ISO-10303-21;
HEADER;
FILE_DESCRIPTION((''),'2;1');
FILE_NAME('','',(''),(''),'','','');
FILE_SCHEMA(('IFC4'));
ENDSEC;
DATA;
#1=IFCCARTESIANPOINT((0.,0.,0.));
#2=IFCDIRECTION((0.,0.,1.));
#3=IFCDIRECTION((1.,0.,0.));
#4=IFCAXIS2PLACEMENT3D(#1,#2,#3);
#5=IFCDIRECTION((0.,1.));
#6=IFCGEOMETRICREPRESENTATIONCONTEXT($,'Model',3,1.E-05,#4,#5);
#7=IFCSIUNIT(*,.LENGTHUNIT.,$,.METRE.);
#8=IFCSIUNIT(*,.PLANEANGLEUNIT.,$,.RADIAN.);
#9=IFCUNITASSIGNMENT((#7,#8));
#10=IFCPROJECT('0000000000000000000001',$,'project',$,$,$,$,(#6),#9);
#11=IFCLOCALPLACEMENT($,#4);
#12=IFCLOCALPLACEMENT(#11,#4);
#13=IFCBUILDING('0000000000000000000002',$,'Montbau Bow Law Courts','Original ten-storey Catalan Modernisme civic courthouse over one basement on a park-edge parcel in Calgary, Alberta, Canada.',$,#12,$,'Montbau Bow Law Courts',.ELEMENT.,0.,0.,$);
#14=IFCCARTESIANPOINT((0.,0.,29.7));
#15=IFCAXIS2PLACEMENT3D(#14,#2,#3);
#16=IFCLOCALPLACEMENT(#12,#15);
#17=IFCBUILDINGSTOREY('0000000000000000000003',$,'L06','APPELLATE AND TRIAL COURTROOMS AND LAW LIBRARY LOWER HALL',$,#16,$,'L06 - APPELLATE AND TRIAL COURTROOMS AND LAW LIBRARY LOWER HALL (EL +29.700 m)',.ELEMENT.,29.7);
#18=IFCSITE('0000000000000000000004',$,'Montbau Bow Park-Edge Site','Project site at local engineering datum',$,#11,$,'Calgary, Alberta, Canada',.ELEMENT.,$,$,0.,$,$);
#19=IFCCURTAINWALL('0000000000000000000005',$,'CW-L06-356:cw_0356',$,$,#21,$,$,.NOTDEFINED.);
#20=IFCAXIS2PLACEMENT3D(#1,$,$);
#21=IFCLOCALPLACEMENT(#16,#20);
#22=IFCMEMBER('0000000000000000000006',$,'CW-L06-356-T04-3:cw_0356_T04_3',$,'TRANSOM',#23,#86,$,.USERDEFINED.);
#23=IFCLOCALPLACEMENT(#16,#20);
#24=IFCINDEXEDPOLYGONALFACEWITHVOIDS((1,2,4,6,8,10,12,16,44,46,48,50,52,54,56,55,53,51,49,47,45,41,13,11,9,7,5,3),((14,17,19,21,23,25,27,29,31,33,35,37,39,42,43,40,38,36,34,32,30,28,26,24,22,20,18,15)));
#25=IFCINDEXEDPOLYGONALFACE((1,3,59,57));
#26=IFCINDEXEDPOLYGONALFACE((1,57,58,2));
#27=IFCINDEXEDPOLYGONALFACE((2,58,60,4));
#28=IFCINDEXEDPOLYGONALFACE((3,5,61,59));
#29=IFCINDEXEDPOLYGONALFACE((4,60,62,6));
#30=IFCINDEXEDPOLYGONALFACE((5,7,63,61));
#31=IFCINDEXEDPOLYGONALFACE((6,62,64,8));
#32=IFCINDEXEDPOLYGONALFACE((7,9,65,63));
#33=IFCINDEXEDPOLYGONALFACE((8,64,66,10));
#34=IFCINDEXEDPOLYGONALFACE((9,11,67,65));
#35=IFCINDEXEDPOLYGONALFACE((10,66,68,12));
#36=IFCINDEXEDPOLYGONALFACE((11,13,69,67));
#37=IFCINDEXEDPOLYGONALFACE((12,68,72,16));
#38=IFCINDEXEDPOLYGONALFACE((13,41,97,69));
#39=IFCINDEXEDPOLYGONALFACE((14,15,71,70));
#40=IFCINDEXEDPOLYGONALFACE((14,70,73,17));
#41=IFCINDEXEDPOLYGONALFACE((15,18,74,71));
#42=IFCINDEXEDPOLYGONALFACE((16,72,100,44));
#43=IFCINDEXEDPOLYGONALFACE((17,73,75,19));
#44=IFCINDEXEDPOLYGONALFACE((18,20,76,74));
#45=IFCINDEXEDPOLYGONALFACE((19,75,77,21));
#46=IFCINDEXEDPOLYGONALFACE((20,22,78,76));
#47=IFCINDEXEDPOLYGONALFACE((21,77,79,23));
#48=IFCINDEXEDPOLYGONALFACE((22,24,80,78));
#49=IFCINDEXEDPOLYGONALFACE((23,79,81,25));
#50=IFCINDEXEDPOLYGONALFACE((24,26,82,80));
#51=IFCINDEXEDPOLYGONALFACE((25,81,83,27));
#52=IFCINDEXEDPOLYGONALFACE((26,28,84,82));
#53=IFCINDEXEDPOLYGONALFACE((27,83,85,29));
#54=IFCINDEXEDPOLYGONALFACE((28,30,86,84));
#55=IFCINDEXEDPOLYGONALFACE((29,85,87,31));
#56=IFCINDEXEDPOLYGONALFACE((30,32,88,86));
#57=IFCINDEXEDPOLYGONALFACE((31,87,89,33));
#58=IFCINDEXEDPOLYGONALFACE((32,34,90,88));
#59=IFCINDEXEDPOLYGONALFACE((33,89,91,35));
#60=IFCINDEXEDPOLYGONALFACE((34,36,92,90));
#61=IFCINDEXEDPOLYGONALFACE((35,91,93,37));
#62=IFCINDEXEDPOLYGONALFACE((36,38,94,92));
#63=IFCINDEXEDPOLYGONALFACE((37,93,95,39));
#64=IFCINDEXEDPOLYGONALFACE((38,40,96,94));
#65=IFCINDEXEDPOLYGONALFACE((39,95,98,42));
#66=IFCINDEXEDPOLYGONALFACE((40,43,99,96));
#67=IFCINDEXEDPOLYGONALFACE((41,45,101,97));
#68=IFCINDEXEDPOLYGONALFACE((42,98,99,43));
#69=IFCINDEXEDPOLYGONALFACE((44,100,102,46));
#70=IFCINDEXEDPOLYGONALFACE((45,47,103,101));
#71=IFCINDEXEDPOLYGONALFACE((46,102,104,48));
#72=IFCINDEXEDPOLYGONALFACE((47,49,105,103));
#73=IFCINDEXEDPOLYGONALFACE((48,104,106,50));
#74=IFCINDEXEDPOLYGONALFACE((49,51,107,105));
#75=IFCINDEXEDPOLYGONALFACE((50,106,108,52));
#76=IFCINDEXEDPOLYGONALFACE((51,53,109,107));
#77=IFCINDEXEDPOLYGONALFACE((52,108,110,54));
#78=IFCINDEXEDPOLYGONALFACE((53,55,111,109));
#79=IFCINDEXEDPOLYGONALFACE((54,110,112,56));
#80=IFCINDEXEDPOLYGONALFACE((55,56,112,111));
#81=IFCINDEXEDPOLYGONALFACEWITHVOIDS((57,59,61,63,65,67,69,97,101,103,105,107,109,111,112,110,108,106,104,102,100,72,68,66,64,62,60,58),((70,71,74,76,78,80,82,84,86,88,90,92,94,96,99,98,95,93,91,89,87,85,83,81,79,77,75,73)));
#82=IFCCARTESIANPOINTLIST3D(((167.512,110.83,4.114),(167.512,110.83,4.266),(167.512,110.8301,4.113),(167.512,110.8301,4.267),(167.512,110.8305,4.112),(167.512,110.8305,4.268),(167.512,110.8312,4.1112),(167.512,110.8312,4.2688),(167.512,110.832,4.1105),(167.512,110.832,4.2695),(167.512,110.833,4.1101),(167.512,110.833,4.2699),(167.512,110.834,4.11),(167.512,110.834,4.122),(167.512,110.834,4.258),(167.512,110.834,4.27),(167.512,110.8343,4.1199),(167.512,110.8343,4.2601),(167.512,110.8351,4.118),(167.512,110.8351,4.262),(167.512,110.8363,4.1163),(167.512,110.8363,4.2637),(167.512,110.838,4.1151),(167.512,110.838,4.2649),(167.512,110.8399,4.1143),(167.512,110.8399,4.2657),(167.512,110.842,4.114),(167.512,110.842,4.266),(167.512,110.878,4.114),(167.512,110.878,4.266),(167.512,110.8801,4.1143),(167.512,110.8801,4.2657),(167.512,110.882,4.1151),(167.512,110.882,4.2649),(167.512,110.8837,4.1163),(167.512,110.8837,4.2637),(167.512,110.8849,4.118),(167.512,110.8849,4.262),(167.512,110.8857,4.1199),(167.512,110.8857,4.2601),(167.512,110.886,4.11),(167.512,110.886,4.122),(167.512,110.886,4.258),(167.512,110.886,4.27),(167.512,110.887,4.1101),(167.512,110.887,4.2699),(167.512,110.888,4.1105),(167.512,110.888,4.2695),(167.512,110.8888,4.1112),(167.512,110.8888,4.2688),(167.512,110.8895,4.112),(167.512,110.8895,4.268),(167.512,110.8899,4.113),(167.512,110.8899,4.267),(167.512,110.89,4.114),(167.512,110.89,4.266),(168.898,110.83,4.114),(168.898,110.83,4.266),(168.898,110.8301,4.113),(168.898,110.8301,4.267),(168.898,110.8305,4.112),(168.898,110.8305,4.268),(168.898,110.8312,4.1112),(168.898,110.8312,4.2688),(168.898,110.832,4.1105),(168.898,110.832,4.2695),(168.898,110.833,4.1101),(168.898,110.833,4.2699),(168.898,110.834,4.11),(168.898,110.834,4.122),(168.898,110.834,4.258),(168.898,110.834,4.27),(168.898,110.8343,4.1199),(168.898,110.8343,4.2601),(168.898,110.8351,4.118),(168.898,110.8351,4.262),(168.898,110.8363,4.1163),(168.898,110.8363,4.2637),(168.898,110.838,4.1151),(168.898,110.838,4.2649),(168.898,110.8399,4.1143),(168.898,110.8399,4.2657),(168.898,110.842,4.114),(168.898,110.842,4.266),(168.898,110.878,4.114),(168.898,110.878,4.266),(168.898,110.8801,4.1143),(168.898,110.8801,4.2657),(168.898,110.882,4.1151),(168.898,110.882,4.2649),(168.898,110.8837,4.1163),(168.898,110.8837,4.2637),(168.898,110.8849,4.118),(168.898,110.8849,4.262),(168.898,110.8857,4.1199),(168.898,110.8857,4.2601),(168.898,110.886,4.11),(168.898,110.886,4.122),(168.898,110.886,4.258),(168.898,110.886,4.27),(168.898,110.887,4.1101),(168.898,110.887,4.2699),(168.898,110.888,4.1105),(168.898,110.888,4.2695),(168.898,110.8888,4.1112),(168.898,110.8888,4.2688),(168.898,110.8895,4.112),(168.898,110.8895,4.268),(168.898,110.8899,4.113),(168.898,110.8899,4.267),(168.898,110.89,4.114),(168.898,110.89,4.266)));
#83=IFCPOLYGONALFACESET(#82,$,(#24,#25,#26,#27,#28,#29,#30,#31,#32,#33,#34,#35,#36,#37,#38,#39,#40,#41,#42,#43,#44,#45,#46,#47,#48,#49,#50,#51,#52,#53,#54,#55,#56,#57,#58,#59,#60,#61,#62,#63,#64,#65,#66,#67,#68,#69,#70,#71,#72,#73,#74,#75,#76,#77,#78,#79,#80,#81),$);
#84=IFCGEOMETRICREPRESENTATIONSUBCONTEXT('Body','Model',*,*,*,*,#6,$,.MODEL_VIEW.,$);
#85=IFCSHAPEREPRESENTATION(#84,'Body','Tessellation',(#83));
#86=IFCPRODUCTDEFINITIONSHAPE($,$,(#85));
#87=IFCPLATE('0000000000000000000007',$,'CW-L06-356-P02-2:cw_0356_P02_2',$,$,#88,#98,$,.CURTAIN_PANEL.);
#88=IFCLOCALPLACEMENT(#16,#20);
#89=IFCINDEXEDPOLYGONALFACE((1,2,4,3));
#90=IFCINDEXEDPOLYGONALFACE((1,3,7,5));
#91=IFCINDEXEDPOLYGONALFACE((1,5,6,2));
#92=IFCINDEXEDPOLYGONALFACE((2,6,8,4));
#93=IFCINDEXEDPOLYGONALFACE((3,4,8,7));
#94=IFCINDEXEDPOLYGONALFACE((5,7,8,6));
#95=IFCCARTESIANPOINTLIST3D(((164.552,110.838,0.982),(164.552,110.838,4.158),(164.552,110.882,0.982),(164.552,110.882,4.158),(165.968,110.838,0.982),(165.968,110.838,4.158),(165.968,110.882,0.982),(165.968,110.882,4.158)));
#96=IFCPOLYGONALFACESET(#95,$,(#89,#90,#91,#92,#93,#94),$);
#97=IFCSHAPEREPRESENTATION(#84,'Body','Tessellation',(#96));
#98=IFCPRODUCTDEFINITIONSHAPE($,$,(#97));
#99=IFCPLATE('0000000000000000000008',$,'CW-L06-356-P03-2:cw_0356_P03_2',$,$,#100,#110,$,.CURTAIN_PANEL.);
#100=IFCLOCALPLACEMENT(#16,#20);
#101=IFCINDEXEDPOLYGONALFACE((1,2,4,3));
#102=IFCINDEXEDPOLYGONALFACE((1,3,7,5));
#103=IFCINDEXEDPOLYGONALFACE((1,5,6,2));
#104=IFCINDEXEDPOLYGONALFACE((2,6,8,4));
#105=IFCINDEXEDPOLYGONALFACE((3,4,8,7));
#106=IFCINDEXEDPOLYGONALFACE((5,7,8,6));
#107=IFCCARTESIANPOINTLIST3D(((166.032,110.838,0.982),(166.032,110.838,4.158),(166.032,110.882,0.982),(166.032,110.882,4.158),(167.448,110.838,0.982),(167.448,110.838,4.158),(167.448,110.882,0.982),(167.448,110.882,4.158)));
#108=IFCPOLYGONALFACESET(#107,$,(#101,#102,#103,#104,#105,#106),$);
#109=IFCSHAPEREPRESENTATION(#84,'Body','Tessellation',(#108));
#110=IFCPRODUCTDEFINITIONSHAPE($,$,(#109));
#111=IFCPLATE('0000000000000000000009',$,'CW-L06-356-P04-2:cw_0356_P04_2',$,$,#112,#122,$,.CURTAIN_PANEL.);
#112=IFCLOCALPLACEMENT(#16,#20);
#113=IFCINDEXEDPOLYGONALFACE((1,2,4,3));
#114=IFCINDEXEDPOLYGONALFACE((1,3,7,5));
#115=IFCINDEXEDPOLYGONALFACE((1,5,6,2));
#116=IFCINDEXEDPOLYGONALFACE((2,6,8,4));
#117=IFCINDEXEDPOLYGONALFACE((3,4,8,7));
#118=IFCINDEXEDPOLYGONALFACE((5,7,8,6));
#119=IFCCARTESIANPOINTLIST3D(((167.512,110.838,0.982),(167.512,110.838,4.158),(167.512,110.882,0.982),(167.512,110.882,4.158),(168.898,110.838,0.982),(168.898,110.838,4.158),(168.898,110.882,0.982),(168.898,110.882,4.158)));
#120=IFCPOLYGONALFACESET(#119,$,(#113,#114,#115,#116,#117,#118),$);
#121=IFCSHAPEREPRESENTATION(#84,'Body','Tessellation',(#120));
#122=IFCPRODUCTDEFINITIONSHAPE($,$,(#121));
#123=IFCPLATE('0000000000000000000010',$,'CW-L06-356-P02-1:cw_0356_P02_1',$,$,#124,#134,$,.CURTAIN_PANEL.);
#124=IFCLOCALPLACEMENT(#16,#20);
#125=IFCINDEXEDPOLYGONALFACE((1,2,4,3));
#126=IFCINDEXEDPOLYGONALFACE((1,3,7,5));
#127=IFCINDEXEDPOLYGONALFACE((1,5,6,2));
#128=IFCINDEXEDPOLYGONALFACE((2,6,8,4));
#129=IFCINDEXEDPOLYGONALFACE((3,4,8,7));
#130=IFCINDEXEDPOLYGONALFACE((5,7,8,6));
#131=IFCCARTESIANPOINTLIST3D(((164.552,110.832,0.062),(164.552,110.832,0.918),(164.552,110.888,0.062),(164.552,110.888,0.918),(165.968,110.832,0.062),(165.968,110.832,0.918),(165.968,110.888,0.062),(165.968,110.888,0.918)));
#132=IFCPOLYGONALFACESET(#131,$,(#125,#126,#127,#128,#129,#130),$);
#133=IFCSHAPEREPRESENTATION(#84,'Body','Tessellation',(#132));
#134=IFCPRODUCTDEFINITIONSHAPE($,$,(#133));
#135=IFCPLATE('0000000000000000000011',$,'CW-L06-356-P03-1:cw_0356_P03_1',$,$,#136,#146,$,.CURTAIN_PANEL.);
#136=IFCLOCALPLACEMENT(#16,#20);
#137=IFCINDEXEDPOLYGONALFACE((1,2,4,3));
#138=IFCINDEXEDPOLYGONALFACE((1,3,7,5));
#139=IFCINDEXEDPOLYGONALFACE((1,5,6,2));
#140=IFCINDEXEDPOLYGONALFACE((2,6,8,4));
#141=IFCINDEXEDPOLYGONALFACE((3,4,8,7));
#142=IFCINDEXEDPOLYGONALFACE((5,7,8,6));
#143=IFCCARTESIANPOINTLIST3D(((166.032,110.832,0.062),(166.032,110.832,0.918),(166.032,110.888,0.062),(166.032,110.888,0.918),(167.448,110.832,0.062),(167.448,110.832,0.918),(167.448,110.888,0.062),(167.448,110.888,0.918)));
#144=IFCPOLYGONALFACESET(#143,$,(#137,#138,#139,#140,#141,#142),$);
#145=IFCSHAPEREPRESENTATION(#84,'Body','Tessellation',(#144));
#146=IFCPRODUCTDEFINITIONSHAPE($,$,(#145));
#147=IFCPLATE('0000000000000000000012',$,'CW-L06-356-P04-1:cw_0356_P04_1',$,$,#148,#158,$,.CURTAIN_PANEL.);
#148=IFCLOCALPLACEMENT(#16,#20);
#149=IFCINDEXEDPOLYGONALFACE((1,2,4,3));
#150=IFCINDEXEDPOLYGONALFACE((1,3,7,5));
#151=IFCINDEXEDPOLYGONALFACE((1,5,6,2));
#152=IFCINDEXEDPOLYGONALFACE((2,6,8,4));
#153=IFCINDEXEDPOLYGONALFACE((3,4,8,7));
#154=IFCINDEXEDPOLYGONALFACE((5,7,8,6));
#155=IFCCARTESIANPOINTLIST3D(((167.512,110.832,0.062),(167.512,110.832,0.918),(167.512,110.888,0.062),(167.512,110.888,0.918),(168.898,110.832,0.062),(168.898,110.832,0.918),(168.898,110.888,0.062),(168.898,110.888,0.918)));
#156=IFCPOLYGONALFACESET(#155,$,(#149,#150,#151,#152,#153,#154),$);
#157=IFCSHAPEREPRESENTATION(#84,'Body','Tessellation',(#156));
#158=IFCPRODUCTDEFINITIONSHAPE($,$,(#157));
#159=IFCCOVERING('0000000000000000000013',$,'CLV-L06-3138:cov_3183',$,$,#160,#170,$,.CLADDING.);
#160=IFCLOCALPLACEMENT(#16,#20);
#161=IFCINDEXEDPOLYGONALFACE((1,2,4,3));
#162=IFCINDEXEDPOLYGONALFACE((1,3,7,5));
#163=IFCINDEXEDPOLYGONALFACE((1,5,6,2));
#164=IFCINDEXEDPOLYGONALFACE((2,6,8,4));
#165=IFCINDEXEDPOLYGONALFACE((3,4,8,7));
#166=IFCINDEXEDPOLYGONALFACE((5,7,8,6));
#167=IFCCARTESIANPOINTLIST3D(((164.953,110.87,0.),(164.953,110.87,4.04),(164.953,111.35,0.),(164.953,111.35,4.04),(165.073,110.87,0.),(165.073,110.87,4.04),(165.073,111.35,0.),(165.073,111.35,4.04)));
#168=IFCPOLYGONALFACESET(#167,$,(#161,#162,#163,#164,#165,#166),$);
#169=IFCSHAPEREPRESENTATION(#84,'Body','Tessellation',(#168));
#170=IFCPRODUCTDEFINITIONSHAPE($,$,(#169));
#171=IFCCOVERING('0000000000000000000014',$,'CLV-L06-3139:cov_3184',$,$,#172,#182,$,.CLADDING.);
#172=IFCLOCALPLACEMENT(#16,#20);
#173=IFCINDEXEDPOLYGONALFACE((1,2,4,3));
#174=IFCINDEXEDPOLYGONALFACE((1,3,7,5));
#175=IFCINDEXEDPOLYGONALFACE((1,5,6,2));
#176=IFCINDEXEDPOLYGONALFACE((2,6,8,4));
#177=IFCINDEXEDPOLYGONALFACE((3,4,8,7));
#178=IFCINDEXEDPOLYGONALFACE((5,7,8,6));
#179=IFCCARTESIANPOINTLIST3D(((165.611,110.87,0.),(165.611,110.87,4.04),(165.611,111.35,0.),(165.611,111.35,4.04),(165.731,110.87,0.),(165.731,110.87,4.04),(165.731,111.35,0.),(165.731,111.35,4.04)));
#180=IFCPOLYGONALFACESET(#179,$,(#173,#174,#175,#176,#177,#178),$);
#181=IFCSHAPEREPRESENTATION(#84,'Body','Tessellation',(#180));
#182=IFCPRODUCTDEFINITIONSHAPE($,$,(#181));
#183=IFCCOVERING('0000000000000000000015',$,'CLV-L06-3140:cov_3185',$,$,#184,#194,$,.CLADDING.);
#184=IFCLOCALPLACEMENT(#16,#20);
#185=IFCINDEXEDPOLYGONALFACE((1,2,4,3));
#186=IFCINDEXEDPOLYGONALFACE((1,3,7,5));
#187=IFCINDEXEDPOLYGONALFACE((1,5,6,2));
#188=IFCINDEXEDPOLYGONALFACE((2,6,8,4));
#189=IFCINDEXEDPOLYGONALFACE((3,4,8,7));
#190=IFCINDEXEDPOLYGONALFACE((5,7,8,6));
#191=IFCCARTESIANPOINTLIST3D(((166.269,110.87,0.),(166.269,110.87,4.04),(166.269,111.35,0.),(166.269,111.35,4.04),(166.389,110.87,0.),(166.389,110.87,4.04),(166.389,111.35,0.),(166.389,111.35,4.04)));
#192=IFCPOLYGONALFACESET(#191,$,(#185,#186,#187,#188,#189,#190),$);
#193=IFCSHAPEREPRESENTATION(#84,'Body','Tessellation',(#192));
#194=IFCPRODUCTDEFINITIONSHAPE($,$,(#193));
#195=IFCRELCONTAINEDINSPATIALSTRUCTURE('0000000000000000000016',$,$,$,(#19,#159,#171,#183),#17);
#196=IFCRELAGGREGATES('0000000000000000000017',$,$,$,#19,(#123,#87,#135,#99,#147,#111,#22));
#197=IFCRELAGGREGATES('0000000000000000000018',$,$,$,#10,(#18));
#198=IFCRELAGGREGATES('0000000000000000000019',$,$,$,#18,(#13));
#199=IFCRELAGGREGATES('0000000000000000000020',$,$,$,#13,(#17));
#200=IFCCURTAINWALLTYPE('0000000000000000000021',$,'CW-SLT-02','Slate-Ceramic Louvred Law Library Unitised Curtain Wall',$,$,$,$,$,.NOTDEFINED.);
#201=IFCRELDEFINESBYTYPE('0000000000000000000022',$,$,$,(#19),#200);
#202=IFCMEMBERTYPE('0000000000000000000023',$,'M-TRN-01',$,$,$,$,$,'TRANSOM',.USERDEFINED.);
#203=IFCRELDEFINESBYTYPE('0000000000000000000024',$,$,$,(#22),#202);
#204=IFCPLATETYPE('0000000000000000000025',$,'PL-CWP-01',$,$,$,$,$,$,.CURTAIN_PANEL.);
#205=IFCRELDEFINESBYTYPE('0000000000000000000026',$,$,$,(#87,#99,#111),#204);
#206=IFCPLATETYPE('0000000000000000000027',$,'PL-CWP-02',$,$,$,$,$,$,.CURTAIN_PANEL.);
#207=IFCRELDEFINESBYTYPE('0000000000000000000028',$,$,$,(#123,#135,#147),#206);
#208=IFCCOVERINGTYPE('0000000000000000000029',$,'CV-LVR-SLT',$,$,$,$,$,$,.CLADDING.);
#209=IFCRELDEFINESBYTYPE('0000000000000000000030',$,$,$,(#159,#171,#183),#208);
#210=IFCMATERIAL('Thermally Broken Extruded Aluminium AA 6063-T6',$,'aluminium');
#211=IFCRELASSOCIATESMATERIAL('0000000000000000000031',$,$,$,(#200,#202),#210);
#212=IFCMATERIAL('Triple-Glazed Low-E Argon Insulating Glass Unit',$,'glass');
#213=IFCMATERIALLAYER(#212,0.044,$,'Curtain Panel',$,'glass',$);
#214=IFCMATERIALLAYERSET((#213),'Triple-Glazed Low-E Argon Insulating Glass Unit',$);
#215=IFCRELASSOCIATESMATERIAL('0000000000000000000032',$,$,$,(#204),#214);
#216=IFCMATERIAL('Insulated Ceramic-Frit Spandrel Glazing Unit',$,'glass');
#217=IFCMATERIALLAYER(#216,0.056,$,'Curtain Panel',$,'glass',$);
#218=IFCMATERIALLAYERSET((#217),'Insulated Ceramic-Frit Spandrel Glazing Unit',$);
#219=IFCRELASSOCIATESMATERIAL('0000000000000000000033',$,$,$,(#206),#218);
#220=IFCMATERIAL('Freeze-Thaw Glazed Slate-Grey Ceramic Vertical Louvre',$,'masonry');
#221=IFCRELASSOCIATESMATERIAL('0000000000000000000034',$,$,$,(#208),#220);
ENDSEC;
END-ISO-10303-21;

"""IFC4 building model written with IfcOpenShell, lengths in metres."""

from ifc_helpers import new_model, si_unit, direction, frame, frame_2d, origin_with_axes, origin_2d_with_axis, place, context, subcontext, project, spatial, rectangle, hollow_rectangle, extrude, material, layer, layer_set, material_profile, profile_set, type_object, element, aggregate, save


model = new_model("IFC4")

# Units and contexts
model_context = context("Model", 3, precision=1e-05, world=origin_with_axes(), true_north=direction((0.0, 1.0)))
body_context = subcontext(model_context, "Body", "Model", "MODEL_VIEW")
ifc_project = project(units=[si_unit("LENGTHUNIT", "METRE"), si_unit("PLANEANGLEUNIT", "RADIAN")], contexts=[model_context])

# Site, building, storey
site_placement = place(None, origin_with_axes())
site = spatial("IfcSite", under=ifc_project, at=site_placement, Name="Montbau Bow Park-Edge Site", Description="Project site at local engineering datum", LongName="Calgary, Alberta, Canada", CompositionType="ELEMENT", RefElevation=0.0)
building_placement = place(site_placement, origin_with_axes())
building = spatial("IfcBuilding", under=site, at=building_placement, Name="Montbau Bow Law Courts", Description="Original ten-storey Catalan Modernisme civic courthouse over one basement on a park-edge parcel in Calgary, Alberta, Canada.", LongName="Montbau Bow Law Courts", CompositionType="ELEMENT", ElevationOfRefHeight=0.0, ElevationOfTerrain=0.0)
storey_placement = place(building_placement, frame((0.0, 0.0, 29.7), z_axis=(0.0, 0.0, 1.0), x_axis=(1.0, 0.0, 0.0)))
storey = spatial("IfcBuildingStorey", under=building, at=storey_placement, Name="L06", Description="APPELLATE AND TRIAL COURTROOMS AND LAW LIBRARY LOWER HALL", LongName="L06 - APPELLATE AND TRIAL COURTROOMS AND LAW LIBRARY LOWER HALL (EL +29.700 m)", CompositionType="ELEMENT", Elevation=29.7)

# Curtain wall, member, plates
ifc_material_1 = material(Name="Thermally Broken Extruded Aluminium AA 6063-T6", Category="aluminium")
curtain_wall_type = type_object("IfcCurtainWallType", Name="CW-SLT-02", Description="Slate-Ceramic Louvred Law Library Unitised Curtain Wall", PredefinedType="NOTDEFINED", material=ifc_material_1)
curtain_wall_placement = place(None, frame((163.04, 110.86, 29.7), z_axis=(0.0, 0.0, 1.0), x_axis=(1.0, 0.0, 0.0)))
curtain_wall = element("IfcCurtainWall", 1, at=curtain_wall_placement, inside=storey, type_object=curtain_wall_type, Name="CW-L06-356:cw_0356", PredefinedType="NOTDEFINED")
ifc_material_profile_1 = material_profile(ifc_material_1, hollow_rectangle(XDim=0.06, YDim=0.16, WallThickness=0.004, InnerFilletRadius=0.008, OuterFilletRadius=0.004, at=origin_2d_with_axis()), Name="CWT-160X60", Category="Main", Priority=0)
ifc_profile_set_1 = profile_set([ifc_material_profile_1], Name="Thermally Broken Extruded Aluminium AA 6063-T6")
member_type_1 = type_object("IfcMemberType", Name="M-TRN-01", ElementType="TRANSOM", PredefinedType="USERDEFINED", material=ifc_profile_set_1)
member_1_placement = place(None, frame((167.512, 110.86, 33.89), z_axis=(1.0, 0.0, 0.0), x_axis=(0.0, 1.0, 0.0)))
member_1 = element("IfcMember", 2, at=member_1_placement, type_object=member_type_1, Name="CW-L06-356-T04-3:cw_0356_T04_3", ObjectType="TRANSOM", PredefinedType="USERDEFINED", context=body_context, shape_type="SweptSolid", body=[
    extrude(hollow_rectangle(XDim=0.06, YDim=0.16, WallThickness=0.004, InnerFilletRadius=0.008, OuterFilletRadius=0.004, at=origin_2d_with_axis()), origin_with_axes(), (0.0, 0.0, 1.0), 1.386),
])
ifc_material_2 = material(Name="Triple-Glazed Low-E Argon Insulating Glass Unit", Category="glass")
ifc_layer_1 = layer(ifc_material_2, 0.044, Name="Curtain Panel", Category="glass")
ifc_layer_set_1 = layer_set([ifc_layer_1], Name="Triple-Glazed Low-E Argon Insulating Glass Unit")
plate_type_1 = type_object("IfcPlateType", Name="PL-CWP-01", PredefinedType="CURTAIN_PANEL", material=ifc_layer_set_1)
plate_1_placement = place(None, frame((164.552, 110.86, 30.682), z_axis=(0.0, -1.0, 0.0), x_axis=(1.0, 0.0, 0.0)))
plate_1 = element("IfcPlate", 3, at=plate_1_placement, type_object=plate_type_1, Name="CW-L06-356-P02-2:cw_0356_P02_2", PredefinedType="CURTAIN_PANEL", context=body_context, shape_type="SweptSolid", body=[
    extrude(rectangle(XDim=1.416, YDim=3.176, at=frame_2d((0.708, 1.588), x_axis=(1.0, 0.0))), frame((0.0, 0.0, -0.022), z_axis=(0.0, 0.0, 1.0), x_axis=(1.0, 0.0, 0.0)), (0.0, 0.0, 1.0), 0.044),
])
plate_2_placement = place(None, frame((166.032, 110.86, 30.682), z_axis=(0.0, -1.0, 0.0), x_axis=(1.0, 0.0, 0.0)))
plate_2 = element("IfcPlate", 4, at=plate_2_placement, type_object=plate_type_1, Name="CW-L06-356-P03-2:cw_0356_P03_2", PredefinedType="CURTAIN_PANEL", context=body_context, shape_type="SweptSolid", body=[
    extrude(rectangle(XDim=1.416, YDim=3.176, at=frame_2d((0.708, 1.588), x_axis=(1.0, 0.0))), frame((0.0, 0.0, -0.022), z_axis=(0.0, 0.0, 1.0), x_axis=(1.0, 0.0, 0.0)), (0.0, 0.0, 1.0), 0.044),
])
plate_3_placement = place(None, frame((167.512, 110.86, 30.682), z_axis=(0.0, -1.0, 0.0), x_axis=(1.0, 0.0, 0.0)))
plate_3 = element("IfcPlate", 5, at=plate_3_placement, type_object=plate_type_1, Name="CW-L06-356-P04-2:cw_0356_P04_2", PredefinedType="CURTAIN_PANEL", context=body_context, shape_type="SweptSolid", body=[
    extrude(rectangle(XDim=1.386, YDim=3.176, at=frame_2d((0.693, 1.588), x_axis=(1.0, 0.0))), frame((0.0, 0.0, -0.022), z_axis=(0.0, 0.0, 1.0), x_axis=(1.0, 0.0, 0.0)), (0.0, 0.0, 1.0), 0.044),
])
ifc_material_3 = material(Name="Insulated Ceramic-Frit Spandrel Glazing Unit", Category="glass")
ifc_layer_2 = layer(ifc_material_3, 0.056, Name="Curtain Panel", Category="glass")
ifc_layer_set_2 = layer_set([ifc_layer_2], Name="Insulated Ceramic-Frit Spandrel Glazing Unit")
plate_type_2 = type_object("IfcPlateType", Name="PL-CWP-02", PredefinedType="CURTAIN_PANEL", material=ifc_layer_set_2)
plate_4_placement = place(None, frame((164.552, 110.86, 29.762), z_axis=(0.0, -1.0, 0.0), x_axis=(1.0, 0.0, 0.0)))
plate_4 = element("IfcPlate", 6, at=plate_4_placement, type_object=plate_type_2, Name="CW-L06-356-P02-1:cw_0356_P02_1", PredefinedType="CURTAIN_PANEL", context=body_context, shape_type="SweptSolid", body=[
    extrude(rectangle(XDim=1.416, YDim=0.856, at=frame_2d((0.708, 0.428), x_axis=(1.0, 0.0))), frame((0.0, 0.0, -0.028), z_axis=(0.0, 0.0, 1.0), x_axis=(1.0, 0.0, 0.0)), (0.0, 0.0, 1.0), 0.056),
])
plate_5_placement = place(None, frame((166.032, 110.86, 29.762), z_axis=(0.0, -1.0, 0.0), x_axis=(1.0, 0.0, 0.0)))
plate_5 = element("IfcPlate", 7, at=plate_5_placement, type_object=plate_type_2, Name="CW-L06-356-P03-1:cw_0356_P03_1", PredefinedType="CURTAIN_PANEL", context=body_context, shape_type="SweptSolid", body=[
    extrude(rectangle(XDim=1.416, YDim=0.856, at=frame_2d((0.708, 0.428), x_axis=(1.0, 0.0))), frame((0.0, 0.0, -0.028), z_axis=(0.0, 0.0, 1.0), x_axis=(1.0, 0.0, 0.0)), (0.0, 0.0, 1.0), 0.056),
])
plate_6_placement = place(None, frame((167.512, 110.86, 29.762), z_axis=(0.0, -1.0, 0.0), x_axis=(1.0, 0.0, 0.0)))
plate_6 = element("IfcPlate", 8, at=plate_6_placement, type_object=plate_type_2, Name="CW-L06-356-P04-1:cw_0356_P04_1", PredefinedType="CURTAIN_PANEL", context=body_context, shape_type="SweptSolid", body=[
    extrude(rectangle(XDim=1.386, YDim=0.856, at=frame_2d((0.693, 0.428), x_axis=(1.0, 0.0))), frame((0.0, 0.0, -0.028), z_axis=(0.0, 0.0, 1.0), x_axis=(1.0, 0.0, 0.0)), (0.0, 0.0, 1.0), 0.056),
])
aggregate(curtain_wall, [plate_4, plate_1, plate_5, plate_2, plate_6, plate_3, member_1])

# Coverings
ifc_material_4 = material(Name="Freeze-Thaw Glazed Slate-Grey Ceramic Vertical Louvre", Category="masonry")
covering_type = type_object("IfcCoveringType", Name="CV-LVR-SLT", PredefinedType="CLADDING", material=ifc_material_4)
for number, where, z_axis, x_axis, name in (
    (9, (165.013, 110.87, 29.7), (1.0, 0.0, 0.0), (0.0, 1.0, 0.0), "CLV-L06-3138:cov_3183"),
    (10, (165.671, 110.87, 29.7), (1.0, 0.0, 0.0), (0.0, 1.0, 0.0), "CLV-L06-3139:cov_3184"),
    (11, (166.329, 110.87, 29.7), (1.0, 0.0, 0.0), (0.0, 1.0, 0.0), "CLV-L06-3140:cov_3185"),
):
    element("IfcCovering", number, at=place(None, frame(where, z_axis=z_axis, x_axis=x_axis)), inside=storey, type_object=covering_type, Name=name, PredefinedType="CLADDING", context=body_context, shape_type="SweptSolid", body=[
        extrude(rectangle(XDim=0.48, YDim=4.04, at=frame_2d((0.24, 2.02), x_axis=(1.0, 0.0))), frame((0.0, 0.0, -0.06), z_axis=(0.0, 0.0, 1.0), x_axis=(1.0, 0.0, 0.0)), (0.0, 0.0, 1.0), 0.12),
    ])

save(model, "model.ifc")
